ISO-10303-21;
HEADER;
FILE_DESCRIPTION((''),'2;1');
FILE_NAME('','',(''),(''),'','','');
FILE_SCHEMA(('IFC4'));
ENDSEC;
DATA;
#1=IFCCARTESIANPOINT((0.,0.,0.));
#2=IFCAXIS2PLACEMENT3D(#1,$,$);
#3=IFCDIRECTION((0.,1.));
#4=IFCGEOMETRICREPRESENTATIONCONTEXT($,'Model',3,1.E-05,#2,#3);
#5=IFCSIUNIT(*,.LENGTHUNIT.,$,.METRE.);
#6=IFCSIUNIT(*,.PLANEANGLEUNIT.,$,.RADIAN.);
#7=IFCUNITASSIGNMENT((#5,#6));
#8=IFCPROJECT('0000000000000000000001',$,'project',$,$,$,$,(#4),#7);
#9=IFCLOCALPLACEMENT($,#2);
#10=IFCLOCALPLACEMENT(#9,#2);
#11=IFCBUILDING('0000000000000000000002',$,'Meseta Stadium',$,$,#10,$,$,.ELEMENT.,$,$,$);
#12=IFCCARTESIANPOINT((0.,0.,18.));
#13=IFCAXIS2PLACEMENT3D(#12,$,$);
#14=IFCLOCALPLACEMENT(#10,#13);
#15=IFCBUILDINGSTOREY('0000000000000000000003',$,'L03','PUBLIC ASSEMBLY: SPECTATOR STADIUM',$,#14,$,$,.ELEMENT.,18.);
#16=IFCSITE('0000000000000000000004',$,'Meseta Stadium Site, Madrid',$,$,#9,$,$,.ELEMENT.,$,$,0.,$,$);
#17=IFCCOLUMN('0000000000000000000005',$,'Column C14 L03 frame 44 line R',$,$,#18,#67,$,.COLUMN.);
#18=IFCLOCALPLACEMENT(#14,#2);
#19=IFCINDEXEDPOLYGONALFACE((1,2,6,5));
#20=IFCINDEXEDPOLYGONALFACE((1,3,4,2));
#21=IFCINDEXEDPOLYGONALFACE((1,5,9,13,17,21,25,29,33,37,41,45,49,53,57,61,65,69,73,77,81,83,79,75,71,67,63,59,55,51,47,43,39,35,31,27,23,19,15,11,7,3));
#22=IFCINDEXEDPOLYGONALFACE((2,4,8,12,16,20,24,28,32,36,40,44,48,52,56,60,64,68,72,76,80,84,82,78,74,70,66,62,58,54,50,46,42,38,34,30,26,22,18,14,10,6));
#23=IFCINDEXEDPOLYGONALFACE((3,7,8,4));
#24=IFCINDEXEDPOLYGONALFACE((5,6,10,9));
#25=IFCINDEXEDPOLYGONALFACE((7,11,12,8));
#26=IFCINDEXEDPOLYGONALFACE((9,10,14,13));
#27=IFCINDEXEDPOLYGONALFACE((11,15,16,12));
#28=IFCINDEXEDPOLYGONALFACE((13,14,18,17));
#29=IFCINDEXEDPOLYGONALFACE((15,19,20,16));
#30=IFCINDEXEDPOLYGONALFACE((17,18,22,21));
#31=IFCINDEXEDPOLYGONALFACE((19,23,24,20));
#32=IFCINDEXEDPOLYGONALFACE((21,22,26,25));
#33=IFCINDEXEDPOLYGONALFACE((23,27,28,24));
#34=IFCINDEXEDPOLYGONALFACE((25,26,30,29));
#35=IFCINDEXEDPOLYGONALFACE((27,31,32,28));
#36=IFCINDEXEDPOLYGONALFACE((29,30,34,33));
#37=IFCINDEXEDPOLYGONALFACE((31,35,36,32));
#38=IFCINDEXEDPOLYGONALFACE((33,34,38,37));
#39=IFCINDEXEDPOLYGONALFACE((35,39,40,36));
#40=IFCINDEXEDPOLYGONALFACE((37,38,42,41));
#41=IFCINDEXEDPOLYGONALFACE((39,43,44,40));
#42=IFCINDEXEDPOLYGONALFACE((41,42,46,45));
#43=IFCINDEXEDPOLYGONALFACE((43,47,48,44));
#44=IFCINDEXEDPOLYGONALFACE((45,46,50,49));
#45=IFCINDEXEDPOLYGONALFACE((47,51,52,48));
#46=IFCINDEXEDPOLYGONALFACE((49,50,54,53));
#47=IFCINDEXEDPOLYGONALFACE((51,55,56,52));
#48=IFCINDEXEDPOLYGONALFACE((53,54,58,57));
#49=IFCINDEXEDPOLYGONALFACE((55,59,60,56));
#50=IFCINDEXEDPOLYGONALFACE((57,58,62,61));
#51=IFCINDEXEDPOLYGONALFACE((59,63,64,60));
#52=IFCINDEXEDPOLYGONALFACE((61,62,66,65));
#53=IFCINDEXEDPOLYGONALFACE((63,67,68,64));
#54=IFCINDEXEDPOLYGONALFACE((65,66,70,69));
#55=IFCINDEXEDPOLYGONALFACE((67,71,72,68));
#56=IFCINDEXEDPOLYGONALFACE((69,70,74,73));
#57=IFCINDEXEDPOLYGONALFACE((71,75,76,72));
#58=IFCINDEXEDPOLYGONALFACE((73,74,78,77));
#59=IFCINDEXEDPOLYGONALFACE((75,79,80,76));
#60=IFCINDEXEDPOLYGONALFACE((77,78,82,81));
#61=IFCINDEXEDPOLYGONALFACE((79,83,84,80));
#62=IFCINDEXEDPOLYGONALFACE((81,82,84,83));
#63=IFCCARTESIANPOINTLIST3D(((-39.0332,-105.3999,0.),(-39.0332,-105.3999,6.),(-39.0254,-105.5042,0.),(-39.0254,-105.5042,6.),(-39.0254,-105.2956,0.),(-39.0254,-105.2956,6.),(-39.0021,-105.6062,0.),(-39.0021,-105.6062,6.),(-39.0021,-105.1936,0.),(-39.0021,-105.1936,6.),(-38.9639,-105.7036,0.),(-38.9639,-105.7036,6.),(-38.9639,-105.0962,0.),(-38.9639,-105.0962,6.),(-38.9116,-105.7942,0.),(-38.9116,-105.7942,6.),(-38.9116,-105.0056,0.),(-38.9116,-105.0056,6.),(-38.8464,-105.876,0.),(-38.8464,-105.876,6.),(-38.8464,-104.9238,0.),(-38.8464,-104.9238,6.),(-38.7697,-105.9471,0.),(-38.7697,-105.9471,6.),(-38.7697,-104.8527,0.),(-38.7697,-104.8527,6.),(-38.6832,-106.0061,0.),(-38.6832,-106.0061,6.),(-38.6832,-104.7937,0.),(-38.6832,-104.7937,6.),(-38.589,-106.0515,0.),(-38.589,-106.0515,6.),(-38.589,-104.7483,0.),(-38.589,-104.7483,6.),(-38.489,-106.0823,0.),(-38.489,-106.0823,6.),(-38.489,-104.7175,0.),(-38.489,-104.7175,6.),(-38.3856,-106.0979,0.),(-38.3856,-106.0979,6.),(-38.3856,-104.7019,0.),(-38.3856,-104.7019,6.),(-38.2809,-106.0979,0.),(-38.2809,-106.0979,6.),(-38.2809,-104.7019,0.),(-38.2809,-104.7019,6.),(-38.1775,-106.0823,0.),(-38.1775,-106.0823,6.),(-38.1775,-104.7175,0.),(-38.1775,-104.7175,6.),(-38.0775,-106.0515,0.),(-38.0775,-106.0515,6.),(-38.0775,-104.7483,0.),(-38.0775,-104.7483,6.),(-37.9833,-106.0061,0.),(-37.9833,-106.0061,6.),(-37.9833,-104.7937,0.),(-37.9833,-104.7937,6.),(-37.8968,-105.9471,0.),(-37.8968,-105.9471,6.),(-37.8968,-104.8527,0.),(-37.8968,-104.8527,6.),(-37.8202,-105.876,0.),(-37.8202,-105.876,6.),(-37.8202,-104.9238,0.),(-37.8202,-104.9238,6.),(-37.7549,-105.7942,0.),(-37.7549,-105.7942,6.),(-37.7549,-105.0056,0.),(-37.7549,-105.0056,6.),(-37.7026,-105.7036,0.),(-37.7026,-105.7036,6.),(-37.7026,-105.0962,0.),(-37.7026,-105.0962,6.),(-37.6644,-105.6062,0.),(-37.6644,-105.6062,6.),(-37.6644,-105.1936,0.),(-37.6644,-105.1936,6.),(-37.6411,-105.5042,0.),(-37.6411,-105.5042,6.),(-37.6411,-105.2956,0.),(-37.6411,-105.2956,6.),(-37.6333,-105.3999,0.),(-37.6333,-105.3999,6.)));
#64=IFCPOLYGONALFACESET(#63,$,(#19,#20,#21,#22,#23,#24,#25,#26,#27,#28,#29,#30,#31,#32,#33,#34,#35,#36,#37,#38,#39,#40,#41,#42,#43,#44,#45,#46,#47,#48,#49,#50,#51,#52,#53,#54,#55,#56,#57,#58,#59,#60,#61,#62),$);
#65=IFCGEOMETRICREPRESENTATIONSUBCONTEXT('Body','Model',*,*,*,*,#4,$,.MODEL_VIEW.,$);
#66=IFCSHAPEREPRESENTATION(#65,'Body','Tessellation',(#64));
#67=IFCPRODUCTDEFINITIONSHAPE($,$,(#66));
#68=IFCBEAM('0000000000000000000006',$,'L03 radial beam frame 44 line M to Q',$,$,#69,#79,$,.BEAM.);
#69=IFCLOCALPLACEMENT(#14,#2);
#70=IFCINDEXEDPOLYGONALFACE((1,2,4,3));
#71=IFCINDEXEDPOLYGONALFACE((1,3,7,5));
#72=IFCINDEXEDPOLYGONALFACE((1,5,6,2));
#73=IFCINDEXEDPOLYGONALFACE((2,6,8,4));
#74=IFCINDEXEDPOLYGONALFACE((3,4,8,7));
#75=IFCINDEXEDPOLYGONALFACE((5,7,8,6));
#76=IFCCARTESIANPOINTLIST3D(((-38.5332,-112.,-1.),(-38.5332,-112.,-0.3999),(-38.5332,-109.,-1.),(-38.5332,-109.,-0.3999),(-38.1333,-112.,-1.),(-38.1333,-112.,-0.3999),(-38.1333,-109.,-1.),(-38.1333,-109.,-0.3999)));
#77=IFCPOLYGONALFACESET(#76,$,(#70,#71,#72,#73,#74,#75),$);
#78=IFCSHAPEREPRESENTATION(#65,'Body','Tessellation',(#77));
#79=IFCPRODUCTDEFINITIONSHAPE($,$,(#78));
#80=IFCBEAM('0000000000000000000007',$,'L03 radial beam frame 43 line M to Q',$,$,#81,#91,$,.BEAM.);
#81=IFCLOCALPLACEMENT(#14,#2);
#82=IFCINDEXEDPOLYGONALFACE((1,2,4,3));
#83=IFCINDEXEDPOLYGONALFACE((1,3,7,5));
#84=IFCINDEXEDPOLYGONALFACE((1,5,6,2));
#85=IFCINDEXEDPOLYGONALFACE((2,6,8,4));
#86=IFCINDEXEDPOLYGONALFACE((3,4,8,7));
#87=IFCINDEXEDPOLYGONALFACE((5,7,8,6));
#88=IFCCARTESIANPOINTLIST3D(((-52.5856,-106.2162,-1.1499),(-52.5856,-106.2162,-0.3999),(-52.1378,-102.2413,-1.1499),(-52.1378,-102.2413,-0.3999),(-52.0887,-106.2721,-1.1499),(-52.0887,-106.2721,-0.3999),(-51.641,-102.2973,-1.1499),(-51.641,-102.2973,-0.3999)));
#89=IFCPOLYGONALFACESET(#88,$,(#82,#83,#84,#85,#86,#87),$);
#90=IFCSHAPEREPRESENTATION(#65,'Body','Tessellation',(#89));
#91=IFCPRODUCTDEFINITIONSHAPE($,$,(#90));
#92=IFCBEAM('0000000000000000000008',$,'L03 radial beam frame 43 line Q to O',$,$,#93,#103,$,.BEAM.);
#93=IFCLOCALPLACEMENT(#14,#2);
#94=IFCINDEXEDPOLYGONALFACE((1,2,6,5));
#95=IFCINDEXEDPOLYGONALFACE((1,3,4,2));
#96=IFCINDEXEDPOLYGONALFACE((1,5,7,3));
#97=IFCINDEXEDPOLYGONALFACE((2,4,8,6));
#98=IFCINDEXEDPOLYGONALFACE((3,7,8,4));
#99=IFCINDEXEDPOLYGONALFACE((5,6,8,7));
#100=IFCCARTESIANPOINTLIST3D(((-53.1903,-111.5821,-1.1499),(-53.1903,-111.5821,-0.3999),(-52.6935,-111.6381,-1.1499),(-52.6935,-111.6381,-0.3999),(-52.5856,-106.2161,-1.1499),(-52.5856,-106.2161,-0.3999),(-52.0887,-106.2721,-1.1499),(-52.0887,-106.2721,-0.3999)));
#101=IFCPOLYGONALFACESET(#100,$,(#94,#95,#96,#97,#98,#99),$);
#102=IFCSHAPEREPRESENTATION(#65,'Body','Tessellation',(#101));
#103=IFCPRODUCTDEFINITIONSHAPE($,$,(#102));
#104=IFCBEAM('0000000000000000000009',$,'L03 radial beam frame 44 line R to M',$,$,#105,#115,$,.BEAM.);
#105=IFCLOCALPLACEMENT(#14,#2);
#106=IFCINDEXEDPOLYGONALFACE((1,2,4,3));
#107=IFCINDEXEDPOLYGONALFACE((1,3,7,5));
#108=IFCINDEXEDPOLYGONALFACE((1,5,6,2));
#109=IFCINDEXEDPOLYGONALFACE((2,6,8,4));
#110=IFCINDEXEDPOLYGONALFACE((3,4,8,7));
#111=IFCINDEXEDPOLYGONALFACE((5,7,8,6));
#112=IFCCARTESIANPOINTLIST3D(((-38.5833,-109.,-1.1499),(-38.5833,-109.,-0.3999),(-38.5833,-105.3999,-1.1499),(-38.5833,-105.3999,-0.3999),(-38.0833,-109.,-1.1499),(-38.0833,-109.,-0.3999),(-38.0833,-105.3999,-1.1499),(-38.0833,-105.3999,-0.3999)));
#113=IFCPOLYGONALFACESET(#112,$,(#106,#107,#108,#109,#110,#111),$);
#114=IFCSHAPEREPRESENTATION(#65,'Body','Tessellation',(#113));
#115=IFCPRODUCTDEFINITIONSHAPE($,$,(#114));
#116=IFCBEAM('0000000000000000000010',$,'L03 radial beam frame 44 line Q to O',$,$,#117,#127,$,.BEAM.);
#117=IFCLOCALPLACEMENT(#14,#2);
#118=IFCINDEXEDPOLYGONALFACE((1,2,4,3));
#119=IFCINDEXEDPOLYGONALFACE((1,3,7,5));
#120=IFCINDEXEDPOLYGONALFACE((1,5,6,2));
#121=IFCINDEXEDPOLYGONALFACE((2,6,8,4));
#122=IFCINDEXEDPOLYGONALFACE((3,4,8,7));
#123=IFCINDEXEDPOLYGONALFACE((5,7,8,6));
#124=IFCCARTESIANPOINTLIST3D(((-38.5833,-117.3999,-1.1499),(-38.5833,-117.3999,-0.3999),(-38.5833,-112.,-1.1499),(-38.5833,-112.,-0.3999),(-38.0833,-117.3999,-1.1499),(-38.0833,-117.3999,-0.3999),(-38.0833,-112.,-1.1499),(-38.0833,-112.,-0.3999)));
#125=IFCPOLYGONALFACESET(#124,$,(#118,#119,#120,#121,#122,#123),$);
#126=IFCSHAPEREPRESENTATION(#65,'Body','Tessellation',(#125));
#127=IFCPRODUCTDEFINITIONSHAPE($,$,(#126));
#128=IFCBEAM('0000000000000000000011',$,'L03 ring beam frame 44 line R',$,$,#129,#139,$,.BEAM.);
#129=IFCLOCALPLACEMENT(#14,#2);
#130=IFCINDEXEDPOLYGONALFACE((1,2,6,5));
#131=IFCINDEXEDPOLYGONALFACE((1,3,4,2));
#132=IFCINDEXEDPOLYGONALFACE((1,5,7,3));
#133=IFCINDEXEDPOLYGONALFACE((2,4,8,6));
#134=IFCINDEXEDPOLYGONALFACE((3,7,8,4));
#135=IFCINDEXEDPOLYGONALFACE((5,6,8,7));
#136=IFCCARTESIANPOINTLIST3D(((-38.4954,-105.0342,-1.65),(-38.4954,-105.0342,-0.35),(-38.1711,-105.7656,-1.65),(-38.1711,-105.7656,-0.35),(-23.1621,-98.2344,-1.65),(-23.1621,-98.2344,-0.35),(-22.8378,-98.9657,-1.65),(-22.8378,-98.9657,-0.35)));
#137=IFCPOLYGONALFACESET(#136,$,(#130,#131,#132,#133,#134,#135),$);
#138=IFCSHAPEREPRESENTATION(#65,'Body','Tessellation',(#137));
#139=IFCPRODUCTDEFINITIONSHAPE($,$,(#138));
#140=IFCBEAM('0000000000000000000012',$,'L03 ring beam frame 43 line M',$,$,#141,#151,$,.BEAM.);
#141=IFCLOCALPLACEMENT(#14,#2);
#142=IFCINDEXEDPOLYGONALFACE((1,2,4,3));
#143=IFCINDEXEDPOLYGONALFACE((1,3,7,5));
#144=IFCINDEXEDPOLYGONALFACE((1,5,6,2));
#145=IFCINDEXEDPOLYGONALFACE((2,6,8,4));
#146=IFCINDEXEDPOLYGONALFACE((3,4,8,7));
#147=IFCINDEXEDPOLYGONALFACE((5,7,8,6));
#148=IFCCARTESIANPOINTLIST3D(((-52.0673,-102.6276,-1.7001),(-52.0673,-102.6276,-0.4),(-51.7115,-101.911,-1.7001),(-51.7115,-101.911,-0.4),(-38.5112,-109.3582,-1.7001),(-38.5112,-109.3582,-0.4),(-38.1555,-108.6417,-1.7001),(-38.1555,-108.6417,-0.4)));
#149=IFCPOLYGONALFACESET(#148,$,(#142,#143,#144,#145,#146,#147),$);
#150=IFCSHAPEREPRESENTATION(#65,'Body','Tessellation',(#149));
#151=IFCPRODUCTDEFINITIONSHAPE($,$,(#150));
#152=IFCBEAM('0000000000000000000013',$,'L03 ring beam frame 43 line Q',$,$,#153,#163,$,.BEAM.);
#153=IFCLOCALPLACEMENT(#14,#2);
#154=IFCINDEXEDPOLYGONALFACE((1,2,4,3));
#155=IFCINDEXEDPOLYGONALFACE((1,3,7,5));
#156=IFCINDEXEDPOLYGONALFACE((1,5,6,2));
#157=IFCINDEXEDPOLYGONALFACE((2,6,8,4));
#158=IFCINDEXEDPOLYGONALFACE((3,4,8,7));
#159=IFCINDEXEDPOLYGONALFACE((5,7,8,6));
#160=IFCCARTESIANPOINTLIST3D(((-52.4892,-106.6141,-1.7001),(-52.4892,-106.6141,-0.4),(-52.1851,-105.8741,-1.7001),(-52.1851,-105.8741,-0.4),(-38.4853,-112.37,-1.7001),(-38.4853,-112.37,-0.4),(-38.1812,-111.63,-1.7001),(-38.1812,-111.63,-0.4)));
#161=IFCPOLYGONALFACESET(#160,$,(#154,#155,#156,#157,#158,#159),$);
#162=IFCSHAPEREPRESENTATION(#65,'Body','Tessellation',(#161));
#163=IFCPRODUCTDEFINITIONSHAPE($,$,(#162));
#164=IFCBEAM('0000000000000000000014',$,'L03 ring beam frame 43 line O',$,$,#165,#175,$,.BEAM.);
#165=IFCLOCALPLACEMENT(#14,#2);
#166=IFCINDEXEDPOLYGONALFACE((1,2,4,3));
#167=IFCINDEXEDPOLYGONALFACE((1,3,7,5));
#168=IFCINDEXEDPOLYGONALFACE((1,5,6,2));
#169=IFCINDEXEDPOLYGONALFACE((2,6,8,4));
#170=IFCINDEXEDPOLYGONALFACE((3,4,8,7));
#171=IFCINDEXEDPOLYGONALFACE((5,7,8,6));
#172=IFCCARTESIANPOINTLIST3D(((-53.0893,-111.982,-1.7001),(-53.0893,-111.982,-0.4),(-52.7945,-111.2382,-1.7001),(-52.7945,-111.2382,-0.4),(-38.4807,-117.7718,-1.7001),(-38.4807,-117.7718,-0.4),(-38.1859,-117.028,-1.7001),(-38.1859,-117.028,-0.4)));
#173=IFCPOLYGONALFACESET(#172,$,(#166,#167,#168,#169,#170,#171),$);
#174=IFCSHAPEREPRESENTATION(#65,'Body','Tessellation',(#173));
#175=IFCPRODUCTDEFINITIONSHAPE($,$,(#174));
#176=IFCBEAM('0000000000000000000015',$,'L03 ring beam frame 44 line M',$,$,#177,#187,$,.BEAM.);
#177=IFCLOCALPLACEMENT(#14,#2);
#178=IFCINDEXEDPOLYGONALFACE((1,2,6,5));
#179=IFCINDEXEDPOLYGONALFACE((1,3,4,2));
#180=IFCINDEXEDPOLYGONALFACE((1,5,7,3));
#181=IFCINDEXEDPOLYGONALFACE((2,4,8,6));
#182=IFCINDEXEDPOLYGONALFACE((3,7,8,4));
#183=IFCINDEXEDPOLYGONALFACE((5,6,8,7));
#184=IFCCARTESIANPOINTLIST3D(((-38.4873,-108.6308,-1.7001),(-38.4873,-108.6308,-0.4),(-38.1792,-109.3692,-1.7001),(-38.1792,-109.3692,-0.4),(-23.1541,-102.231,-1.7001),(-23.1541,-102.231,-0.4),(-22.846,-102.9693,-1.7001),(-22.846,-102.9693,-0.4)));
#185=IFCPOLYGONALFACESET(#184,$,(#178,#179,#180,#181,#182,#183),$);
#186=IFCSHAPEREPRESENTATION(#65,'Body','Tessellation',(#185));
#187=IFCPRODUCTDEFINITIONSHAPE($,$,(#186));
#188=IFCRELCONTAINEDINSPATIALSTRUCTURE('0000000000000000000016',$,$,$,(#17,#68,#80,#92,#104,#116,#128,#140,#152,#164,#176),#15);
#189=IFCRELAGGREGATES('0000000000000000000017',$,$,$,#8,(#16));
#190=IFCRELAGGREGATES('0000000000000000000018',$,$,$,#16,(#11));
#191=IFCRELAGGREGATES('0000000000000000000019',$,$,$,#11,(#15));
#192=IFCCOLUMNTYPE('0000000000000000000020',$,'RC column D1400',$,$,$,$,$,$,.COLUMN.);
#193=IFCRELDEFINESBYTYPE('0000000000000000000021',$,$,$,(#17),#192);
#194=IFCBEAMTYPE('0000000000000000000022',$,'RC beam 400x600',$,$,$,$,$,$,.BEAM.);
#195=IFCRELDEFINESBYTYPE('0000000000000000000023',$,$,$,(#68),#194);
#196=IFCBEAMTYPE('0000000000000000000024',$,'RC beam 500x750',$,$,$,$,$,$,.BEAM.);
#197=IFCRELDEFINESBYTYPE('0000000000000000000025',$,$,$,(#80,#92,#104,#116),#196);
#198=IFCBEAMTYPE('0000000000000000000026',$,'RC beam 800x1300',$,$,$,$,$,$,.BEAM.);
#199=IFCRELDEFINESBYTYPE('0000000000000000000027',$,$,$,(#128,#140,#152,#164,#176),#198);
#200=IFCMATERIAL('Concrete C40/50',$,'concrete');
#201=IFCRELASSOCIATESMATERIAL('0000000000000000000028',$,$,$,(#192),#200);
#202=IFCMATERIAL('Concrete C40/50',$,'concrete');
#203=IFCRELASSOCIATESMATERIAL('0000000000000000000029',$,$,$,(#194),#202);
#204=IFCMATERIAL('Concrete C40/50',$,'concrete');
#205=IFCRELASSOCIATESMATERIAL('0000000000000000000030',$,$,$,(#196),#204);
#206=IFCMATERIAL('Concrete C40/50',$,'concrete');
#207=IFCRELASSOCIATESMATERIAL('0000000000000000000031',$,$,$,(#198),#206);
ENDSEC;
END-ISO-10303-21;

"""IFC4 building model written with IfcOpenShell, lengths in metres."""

from ifc_helpers import new_model, si_unit, direction, frame, origin, origin_2d, place, context, subcontext, project, spatial, rectangle, circle, extrude, material, material_profile, profile_set, type_object, element, save


model = new_model("IFC4")

# Units and contexts
model_context = context("Model", 3, precision=1e-05, world=origin(), true_north=direction((0.0, 1.0)))
body_context = subcontext(model_context, "Body", "Model", "MODEL_VIEW")
ifc_project = project(units=[si_unit("LENGTHUNIT", "METRE"), si_unit("PLANEANGLEUNIT", "RADIAN")], contexts=[model_context])

# Site, building, storey
site_placement = place(None, origin())
site = spatial("IfcSite", under=ifc_project, at=site_placement, Name="Meseta Stadium Site, Madrid", CompositionType="ELEMENT", RefElevation=0.0)
building_placement = place(site_placement, origin())
building = spatial("IfcBuilding", under=site, at=building_placement, Name="Meseta Stadium", CompositionType="ELEMENT")
storey_placement = place(building_placement, frame((0.0, 0.0, 18.0)))
storey = spatial("IfcBuildingStorey", under=building, at=storey_placement, Name="L03", Description="PUBLIC ASSEMBLY: SPECTATOR STADIUM", CompositionType="ELEMENT", Elevation=18.0)

# Column
ifc_material_1 = material(Name="Concrete C40/50", Category="concrete")
ifc_material_profile_1 = material_profile(ifc_material_1, circle(Radius=0.7, at=origin_2d()), Name="RC D1400")
ifc_profile_set_1 = profile_set([ifc_material_profile_1], Name="Concrete C40/50")
column_type = type_object("IfcColumnType", Name="RC column D1400", PredefinedType="COLUMN", material=ifc_profile_set_1)
column_placement = place(storey_placement, frame((-38.3333, -105.3999, 0.0), z_axis=(0.0, 0.0, 1.0), x_axis=(1.0, 0.0, 0.0)))
element("IfcColumn", 1, at=column_placement, inside=storey, type_object=column_type, Name="Column C14 L03 frame 44 line R", PredefinedType="COLUMN", context=body_context, shape_type="SweptSolid", body=[
    extrude(circle(Radius=0.7, at=origin_2d()), origin(), (0.0, 0.0, 1.0), 6.0),
])

# Beams
ifc_material_2 = material(Name="Concrete C40/50", Category="concrete")
ifc_material_profile_2 = material_profile(ifc_material_2, rectangle(XDim=0.3999, YDim=0.6001, at=origin_2d()), Name="RC 400x600")
ifc_profile_set_2 = profile_set([ifc_material_profile_2], Name="Concrete C40/50")
beam_type_1 = type_object("IfcBeamType", Name="RC beam 400x600", PredefinedType="BEAM", material=ifc_profile_set_2)
beam_1_placement = place(storey_placement, frame((-38.3333, -109.0, -0.7), z_axis=(0.0, -1.0, 0.0), x_axis=(1.0, 0.0, 0.0)))
element("IfcBeam", 2, at=beam_1_placement, inside=storey, type_object=beam_type_1, Name="L03 radial beam frame 44 line M to Q", PredefinedType="BEAM", context=body_context, shape_type="SweptSolid", body=[
    extrude(rectangle(XDim=0.3999, YDim=0.6001, at=origin_2d()), origin(), (0.0, 0.0, 1.0), 3.0),
])
ifc_material_3 = material(Name="Concrete C40/50", Category="concrete")
ifc_material_profile_3 = material_profile(ifc_material_3, rectangle(XDim=0.5, YDim=0.75, at=origin_2d()), Name="RC 500x750")
ifc_profile_set_3 = profile_set([ifc_material_profile_3], Name="Concrete C40/50")
beam_type_2 = type_object("IfcBeamType", Name="RC beam 500x750", PredefinedType="BEAM", material=ifc_profile_set_3)
beam_2_placement = place(storey_placement, frame((-51.8894, -102.2693, -0.7749), z_axis=(-0.111939, -0.993715, 0.0), x_axis=(0.993715, -0.111939, 0.0)))
element("IfcBeam", 3, at=beam_2_placement, inside=storey, type_object=beam_type_2, Name="L03 radial beam frame 43 line M to Q", PredefinedType="BEAM", context=body_context, shape_type="SweptSolid", body=[
    extrude(rectangle(XDim=0.5, YDim=0.75, at=origin_2d()), origin(), (0.0, 0.0, 1.0), 4.0),
])
beam_3_placement = place(storey_placement, frame((-52.3372, -106.2441, -0.7749), z_axis=(-0.11199, -0.993709, 0.0), x_axis=(0.993709, -0.11199, 0.0)))
element("IfcBeam", 4, at=beam_3_placement, inside=storey, type_object=beam_type_2, Name="L03 radial beam frame 43 line Q to O", PredefinedType="BEAM", context=body_context, shape_type="SweptSolid", body=[
    extrude(rectangle(XDim=0.5, YDim=0.75, at=origin_2d()), origin(), (0.0, 0.0, 1.0), 5.3999),
])
beam_4_placement = place(storey_placement, frame((-38.3333, -105.3999, -0.7749), z_axis=(0.0, -1.0, 0.0), x_axis=(1.0, 0.0, 0.0)))
element("IfcBeam", 5, at=beam_4_placement, inside=storey, type_object=beam_type_2, Name="L03 radial beam frame 44 line R to M", PredefinedType="BEAM", context=body_context, shape_type="SweptSolid", body=[
    extrude(rectangle(XDim=0.5, YDim=0.75, at=origin_2d()), origin(), (0.0, 0.0, 1.0), 3.6001),
])
beam_5_placement = place(storey_placement, frame((-38.3333, -112.0, -0.7749), z_axis=(0.0, -1.0, 0.0), x_axis=(1.0, 0.0, 0.0)))
element("IfcBeam", 6, at=beam_5_placement, inside=storey, type_object=beam_type_2, Name="L03 radial beam frame 44 line Q to O", PredefinedType="BEAM", context=body_context, shape_type="SweptSolid", body=[
    extrude(rectangle(XDim=0.5, YDim=0.75, at=origin_2d()), origin(), (0.0, 0.0, 1.0), 5.3999),
])
ifc_material_4 = material(Name="Concrete C40/50", Category="concrete")
ifc_material_profile_4 = material_profile(ifc_material_4, rectangle(XDim=0.8, YDim=1.3, at=origin_2d()), Name="RC 800x1300")
ifc_profile_set_4 = profile_set([ifc_material_profile_4], Name="Concrete C40/50")
beam_type_3 = type_object("IfcBeamType", Name="RC beam 800x1300", PredefinedType="BEAM", material=ifc_profile_set_4)
beam_6_placement = place(storey_placement, frame((-38.3333, -105.3999, -1.0), z_axis=(0.914143, 0.405393, 0.0), x_axis=(-0.405393, 0.914143, 0.0)))
element("IfcBeam", 7, at=beam_6_placement, inside=storey, type_object=beam_type_3, Name="L03 ring beam frame 44 line R", PredefinedType="BEAM", context=body_context, shape_type="SweptSolid", body=[
    extrude(rectangle(XDim=0.8, YDim=1.3, at=origin_2d()), origin(), (0.0, 0.0, 1.0), 16.7734),
])
beam_7_placement = place(storey_placement, frame((-51.8894, -102.2693, -1.05), z_axis=(0.895675, -0.444708, 0.0), x_axis=(0.444708, 0.895675, 0.0)))
element("IfcBeam", 8, at=beam_7_placement, inside=storey, type_object=beam_type_3, Name="L03 ring beam frame 43 line M", PredefinedType="BEAM", context=body_context, shape_type="SweptSolid", body=[
    extrude(rectangle(XDim=0.8, YDim=1.3, at=origin_2d()), origin(), (0.0, 0.0, 1.0), 15.135),
])
beam_8_placement = place(storey_placement, frame((-52.3372, -106.2441, -1.05), z_axis=(0.924921, -0.380159, 0.0), x_axis=(0.380159, 0.924921, 0.0)))
element("IfcBeam", 9, at=beam_8_placement, inside=storey, type_object=beam_type_3, Name="L03 ring beam frame 43 line Q", PredefinedType="BEAM", context=body_context, shape_type="SweptSolid", body=[
    extrude(rectangle(XDim=0.8, YDim=1.3, at=origin_2d()), origin(), (0.0, 0.0, 1.0), 15.1406),
])
beam_9_placement = place(storey_placement, frame((-52.9419, -111.6101, -1.05), z_axis=(0.92965, -0.368445, 0.0), x_axis=(0.368445, 0.92965, 0.0)))
element("IfcBeam", 10, at=beam_9_placement, inside=storey, type_object=beam_type_3, Name="L03 ring beam frame 43 line O", PredefinedType="BEAM", context=body_context, shape_type="SweptSolid", body=[
    extrude(rectangle(XDim=0.8, YDim=1.3, at=origin_2d()), origin(), (0.0, 0.0, 1.0), 15.7141),
])
beam_10_placement = place(storey_placement, frame((-38.3333, -109.0, -1.05), z_axis=(0.922841, 0.385182, 0.0), x_axis=(-0.385182, 0.922841, 0.0)))
element("IfcBeam", 11, at=beam_10_placement, inside=storey, type_object=beam_type_3, Name="L03 ring beam frame 44 line M", PredefinedType="BEAM", context=body_context, shape_type="SweptSolid", body=[
    extrude(rectangle(XDim=0.8, YDim=1.3, at=origin_2d()), origin(), (0.0, 0.0, 1.0), 16.6152),
])

save(model, "model.ifc")
